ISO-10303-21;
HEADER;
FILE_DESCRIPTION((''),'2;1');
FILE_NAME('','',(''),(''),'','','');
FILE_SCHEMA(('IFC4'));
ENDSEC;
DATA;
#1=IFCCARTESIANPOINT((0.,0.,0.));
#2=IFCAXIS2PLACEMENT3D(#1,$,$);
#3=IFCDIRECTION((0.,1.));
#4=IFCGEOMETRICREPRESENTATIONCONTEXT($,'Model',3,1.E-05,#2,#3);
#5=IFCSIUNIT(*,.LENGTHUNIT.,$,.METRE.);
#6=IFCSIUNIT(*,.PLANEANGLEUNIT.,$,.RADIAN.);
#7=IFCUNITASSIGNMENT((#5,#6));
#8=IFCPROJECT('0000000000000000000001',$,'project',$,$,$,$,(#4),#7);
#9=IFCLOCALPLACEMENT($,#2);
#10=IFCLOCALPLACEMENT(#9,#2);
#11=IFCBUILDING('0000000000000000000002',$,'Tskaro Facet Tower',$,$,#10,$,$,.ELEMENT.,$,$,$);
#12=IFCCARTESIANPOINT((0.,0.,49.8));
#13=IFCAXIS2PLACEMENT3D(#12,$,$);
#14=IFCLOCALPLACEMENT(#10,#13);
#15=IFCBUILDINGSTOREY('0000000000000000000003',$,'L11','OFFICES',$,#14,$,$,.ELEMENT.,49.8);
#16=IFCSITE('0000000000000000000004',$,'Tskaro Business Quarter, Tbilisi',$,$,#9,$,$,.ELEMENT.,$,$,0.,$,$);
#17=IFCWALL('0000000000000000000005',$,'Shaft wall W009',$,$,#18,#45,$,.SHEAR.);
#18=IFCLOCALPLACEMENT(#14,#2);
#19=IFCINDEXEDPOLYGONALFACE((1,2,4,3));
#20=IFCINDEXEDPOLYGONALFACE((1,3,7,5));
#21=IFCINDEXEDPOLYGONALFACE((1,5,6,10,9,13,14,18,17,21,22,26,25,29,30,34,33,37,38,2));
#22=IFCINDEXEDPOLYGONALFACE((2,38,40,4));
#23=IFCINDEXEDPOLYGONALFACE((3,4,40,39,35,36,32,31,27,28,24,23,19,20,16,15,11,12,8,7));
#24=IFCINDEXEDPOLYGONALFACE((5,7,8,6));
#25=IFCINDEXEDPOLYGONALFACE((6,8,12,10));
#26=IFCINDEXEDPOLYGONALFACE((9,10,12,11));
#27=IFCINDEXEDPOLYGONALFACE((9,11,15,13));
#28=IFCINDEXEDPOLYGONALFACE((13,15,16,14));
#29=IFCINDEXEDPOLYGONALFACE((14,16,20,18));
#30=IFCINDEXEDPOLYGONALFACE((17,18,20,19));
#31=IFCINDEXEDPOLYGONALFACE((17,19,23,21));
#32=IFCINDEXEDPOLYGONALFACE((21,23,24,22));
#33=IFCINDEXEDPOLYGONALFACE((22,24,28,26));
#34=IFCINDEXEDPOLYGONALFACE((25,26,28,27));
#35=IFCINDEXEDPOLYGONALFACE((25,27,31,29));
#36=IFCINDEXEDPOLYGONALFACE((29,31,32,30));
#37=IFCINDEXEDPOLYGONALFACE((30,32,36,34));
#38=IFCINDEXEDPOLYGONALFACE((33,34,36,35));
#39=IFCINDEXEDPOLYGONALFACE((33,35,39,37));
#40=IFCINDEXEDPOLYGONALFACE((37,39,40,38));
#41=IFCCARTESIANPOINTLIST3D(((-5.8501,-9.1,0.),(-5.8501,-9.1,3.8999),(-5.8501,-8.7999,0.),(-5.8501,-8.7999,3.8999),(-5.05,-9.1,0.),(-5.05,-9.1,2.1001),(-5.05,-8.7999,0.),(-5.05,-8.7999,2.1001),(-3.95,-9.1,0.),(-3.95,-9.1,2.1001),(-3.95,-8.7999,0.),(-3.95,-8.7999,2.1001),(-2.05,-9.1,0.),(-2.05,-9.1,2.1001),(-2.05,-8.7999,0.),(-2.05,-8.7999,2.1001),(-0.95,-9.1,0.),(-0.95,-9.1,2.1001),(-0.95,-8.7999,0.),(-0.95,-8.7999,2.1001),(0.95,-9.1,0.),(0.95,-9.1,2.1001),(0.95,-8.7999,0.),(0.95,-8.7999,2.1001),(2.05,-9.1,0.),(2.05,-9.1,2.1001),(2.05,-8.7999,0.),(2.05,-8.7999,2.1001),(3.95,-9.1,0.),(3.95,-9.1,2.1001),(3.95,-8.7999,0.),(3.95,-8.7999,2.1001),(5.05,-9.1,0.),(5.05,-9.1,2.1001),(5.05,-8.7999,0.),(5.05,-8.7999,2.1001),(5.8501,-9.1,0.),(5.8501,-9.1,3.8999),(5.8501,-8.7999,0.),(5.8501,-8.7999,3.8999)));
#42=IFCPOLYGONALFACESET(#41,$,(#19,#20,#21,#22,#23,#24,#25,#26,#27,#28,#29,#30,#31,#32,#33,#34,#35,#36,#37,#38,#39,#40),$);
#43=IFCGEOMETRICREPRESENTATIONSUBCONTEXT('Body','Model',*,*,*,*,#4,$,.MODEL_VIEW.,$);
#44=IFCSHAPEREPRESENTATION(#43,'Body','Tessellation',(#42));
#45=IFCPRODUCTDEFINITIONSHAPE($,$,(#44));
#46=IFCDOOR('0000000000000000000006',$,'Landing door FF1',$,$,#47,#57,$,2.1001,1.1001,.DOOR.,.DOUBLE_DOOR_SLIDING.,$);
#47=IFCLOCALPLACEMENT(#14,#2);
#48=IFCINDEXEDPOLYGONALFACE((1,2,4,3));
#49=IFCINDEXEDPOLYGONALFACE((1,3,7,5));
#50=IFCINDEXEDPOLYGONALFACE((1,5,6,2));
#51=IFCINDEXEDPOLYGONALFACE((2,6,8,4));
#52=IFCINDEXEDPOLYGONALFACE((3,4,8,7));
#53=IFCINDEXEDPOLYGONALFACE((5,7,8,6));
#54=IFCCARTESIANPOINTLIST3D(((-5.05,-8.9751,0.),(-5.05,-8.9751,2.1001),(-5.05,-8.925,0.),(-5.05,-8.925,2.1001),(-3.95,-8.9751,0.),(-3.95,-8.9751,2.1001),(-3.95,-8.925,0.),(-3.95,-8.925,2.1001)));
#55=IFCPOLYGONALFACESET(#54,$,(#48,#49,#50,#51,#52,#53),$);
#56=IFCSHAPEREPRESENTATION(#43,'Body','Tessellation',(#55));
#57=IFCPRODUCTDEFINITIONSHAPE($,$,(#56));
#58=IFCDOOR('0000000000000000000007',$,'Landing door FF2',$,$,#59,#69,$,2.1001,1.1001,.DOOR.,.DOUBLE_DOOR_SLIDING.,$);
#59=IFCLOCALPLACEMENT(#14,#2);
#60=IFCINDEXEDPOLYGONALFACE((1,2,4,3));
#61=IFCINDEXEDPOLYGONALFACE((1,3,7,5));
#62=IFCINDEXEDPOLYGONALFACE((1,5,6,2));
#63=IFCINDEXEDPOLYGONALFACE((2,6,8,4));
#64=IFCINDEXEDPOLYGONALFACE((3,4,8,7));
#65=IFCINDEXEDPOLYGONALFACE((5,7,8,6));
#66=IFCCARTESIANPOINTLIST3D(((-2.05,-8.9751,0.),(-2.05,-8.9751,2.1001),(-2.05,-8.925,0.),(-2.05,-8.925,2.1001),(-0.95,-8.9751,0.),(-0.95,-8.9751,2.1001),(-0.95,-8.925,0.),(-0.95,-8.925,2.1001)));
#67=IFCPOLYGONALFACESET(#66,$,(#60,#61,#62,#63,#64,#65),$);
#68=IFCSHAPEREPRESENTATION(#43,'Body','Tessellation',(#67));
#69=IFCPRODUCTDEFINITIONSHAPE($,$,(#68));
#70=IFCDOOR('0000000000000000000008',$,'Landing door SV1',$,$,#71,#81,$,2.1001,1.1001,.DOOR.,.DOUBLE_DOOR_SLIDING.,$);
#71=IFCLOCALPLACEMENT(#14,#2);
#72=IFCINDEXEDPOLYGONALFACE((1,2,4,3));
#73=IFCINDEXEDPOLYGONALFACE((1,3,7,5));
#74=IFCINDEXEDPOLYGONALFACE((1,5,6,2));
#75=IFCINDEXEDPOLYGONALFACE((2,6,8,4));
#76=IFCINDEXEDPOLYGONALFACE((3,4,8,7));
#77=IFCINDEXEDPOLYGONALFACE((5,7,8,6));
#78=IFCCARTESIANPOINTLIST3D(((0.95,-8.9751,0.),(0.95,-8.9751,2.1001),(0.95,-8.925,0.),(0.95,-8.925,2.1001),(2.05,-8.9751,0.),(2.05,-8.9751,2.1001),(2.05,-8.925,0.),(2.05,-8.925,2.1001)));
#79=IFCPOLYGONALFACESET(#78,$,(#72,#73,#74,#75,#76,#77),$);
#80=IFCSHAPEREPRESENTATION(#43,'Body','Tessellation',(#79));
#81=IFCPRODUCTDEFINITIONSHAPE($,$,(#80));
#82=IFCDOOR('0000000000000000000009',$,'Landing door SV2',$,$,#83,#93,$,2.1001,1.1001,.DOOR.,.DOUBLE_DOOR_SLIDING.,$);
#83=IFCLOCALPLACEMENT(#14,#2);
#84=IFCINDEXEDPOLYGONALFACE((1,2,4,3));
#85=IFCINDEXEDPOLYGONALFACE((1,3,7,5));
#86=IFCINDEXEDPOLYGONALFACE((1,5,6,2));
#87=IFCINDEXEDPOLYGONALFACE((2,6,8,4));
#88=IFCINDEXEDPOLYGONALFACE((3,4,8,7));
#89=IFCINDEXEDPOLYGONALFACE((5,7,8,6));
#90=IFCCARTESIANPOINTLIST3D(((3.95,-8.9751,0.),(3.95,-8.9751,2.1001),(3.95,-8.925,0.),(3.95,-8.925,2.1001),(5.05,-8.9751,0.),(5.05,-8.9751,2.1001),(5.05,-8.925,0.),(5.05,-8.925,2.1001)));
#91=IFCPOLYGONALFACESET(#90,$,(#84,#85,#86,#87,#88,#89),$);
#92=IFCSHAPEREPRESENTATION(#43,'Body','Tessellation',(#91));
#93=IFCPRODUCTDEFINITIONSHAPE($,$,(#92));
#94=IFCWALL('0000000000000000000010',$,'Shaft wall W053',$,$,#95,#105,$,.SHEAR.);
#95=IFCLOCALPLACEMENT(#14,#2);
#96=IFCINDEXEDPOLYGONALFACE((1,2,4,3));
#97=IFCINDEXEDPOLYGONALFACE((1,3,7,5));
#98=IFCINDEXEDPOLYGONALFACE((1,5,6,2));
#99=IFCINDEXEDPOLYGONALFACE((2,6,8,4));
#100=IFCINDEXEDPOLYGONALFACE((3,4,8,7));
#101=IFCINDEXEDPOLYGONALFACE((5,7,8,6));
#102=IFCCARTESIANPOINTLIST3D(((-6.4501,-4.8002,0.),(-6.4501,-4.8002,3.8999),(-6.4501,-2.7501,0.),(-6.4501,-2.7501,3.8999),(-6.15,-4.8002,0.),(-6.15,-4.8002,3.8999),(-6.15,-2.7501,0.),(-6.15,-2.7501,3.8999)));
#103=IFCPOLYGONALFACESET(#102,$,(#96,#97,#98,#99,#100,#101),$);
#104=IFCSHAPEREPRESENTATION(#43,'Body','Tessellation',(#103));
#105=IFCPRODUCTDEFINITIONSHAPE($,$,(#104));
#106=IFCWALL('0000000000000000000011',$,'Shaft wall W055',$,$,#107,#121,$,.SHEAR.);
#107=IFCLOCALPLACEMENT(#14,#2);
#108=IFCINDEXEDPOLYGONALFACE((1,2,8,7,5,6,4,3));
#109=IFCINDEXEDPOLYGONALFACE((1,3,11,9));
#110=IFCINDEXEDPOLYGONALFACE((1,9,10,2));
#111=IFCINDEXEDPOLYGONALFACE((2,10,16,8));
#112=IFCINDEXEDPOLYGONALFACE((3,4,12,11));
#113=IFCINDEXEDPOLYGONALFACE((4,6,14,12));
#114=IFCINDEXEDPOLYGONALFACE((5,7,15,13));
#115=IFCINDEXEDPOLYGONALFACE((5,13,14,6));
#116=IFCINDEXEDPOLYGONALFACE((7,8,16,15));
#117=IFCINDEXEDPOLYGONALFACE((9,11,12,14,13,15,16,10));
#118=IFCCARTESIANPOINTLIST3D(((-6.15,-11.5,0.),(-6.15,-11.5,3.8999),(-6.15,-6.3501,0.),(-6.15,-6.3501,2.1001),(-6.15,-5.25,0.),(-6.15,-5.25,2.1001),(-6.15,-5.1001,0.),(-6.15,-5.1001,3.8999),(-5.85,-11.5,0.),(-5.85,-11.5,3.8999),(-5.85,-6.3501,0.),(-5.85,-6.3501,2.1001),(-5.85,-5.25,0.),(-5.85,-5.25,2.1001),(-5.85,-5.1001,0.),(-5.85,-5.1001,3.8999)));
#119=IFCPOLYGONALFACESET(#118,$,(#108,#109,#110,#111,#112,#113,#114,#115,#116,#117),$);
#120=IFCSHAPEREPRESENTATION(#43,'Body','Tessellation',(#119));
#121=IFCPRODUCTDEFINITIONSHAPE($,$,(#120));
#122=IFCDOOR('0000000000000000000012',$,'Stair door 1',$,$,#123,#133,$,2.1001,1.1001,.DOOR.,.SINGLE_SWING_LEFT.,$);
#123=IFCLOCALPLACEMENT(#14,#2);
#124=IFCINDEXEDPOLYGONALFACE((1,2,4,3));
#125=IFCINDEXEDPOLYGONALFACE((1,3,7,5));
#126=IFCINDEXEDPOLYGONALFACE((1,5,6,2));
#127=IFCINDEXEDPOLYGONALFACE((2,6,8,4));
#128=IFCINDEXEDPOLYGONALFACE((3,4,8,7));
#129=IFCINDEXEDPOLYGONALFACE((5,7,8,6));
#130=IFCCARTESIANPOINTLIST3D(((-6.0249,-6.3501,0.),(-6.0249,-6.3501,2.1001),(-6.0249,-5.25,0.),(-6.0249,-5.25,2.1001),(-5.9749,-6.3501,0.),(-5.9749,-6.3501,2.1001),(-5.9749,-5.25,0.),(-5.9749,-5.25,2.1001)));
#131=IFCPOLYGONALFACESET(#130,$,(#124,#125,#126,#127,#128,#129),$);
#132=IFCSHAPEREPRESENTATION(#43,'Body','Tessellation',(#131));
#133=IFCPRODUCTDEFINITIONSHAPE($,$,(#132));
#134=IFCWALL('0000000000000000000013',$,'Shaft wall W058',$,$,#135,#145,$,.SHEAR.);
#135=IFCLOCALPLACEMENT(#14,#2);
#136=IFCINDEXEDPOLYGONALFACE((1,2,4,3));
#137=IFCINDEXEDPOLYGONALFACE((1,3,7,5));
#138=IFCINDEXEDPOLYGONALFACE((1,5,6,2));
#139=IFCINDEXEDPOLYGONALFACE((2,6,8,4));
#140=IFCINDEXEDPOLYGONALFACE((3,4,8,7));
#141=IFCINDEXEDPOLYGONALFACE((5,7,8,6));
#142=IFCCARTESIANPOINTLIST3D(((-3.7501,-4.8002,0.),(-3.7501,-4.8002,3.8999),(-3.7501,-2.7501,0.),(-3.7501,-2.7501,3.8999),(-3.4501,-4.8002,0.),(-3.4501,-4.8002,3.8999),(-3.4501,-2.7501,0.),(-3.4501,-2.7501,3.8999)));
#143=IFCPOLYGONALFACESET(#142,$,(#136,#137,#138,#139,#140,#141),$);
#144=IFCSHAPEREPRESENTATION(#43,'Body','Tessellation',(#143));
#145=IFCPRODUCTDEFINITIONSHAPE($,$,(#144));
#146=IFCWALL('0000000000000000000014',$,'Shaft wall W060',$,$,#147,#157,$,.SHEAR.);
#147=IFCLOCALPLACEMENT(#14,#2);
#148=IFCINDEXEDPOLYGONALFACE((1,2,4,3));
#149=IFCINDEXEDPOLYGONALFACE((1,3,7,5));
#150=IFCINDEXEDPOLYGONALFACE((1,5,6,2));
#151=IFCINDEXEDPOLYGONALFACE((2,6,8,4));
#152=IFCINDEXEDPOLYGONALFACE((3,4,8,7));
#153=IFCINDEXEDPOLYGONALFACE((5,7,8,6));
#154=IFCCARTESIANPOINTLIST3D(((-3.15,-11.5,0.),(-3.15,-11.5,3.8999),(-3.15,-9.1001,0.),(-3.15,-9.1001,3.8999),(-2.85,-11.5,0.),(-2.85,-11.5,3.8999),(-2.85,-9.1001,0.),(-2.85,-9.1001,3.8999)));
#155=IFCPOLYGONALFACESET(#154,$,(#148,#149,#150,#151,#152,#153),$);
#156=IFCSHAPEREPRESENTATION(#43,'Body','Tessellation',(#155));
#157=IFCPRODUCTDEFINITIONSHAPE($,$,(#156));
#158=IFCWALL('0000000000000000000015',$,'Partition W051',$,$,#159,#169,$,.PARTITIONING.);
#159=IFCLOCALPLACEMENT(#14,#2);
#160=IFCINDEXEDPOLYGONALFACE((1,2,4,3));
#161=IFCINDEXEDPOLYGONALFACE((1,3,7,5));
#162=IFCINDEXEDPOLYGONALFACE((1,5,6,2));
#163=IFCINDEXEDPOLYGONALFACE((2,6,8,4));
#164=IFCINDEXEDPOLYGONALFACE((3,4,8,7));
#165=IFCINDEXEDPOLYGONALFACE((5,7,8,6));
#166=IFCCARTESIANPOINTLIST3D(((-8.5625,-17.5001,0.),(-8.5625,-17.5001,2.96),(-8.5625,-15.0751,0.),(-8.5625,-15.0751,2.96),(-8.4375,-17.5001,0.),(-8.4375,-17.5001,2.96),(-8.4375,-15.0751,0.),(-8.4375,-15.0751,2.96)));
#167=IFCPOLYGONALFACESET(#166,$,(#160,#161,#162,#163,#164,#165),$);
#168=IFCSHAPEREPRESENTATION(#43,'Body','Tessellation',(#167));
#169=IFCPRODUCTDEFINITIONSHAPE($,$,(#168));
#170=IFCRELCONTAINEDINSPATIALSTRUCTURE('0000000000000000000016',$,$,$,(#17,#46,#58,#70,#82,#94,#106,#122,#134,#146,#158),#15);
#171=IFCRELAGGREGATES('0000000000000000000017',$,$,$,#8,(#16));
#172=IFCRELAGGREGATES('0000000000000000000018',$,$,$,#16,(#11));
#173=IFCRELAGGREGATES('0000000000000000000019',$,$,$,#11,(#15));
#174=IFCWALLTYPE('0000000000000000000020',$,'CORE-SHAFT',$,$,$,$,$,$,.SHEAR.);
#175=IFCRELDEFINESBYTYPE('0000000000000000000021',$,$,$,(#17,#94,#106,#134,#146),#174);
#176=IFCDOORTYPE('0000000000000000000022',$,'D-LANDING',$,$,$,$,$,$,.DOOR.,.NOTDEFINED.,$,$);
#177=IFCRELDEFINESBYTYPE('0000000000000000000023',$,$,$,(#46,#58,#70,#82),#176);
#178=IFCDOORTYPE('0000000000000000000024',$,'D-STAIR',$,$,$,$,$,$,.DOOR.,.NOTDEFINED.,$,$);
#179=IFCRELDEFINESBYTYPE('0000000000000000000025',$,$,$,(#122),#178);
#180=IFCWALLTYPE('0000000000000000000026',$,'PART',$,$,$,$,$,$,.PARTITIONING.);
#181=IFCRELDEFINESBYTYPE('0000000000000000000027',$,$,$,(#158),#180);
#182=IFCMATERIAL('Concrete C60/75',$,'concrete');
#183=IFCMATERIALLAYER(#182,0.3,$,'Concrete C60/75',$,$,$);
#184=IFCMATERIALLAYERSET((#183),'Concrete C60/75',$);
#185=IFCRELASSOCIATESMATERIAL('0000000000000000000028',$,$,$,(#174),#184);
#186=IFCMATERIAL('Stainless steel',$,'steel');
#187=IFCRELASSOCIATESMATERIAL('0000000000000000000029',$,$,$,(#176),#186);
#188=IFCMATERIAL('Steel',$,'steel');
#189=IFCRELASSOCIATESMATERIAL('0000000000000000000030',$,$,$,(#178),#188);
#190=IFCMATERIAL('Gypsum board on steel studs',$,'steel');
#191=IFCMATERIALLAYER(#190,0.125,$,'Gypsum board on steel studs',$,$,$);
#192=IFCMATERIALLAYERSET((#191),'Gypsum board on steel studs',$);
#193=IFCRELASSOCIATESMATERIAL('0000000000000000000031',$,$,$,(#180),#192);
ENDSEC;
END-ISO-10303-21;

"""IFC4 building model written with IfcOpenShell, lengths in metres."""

from ifc_helpers import new_model, si_unit, direction, frame, frame_2d, origin, place, context, subcontext, project, spatial, rectangle, extrude, material, layer, layer_set, type_object, element, fill, save


model = new_model("IFC4")

# Units and contexts
model_context = context("Model", 3, precision=1e-05, world=origin(), true_north=direction((0.0, 1.0)))
body_context = subcontext(model_context, "Body", "Model", "MODEL_VIEW")
ifc_project = project(units=[si_unit("LENGTHUNIT", "METRE"), si_unit("PLANEANGLEUNIT", "RADIAN")], contexts=[model_context])

# Site, building, storey
site_placement = place(None, origin())
site = spatial("IfcSite", under=ifc_project, at=site_placement, Name="Tskaro Business Quarter, Tbilisi", CompositionType="ELEMENT", RefElevation=0.0)
building_placement = place(site_placement, origin())
building = spatial("IfcBuilding", under=site, at=building_placement, Name="Tskaro Facet Tower", CompositionType="ELEMENT")
storey_placement = place(building_placement, frame((0.0, 0.0, 49.8)))
storey = spatial("IfcBuildingStorey", under=building, at=storey_placement, Name="L11", Description="OFFICES", CompositionType="ELEMENT", Elevation=49.8)

# Wall, openings, doors
ifc_material_1 = material(Name="Concrete C60/75", Category="concrete")
ifc_layer_1 = layer(ifc_material_1, 0.3, Name="Concrete C60/75")
ifc_layer_set_1 = layer_set([ifc_layer_1], Name="Concrete C60/75")
wall_type_1 = type_object("IfcWallType", Name="CORE-SHAFT", PredefinedType="SHEAR", material=ifc_layer_set_1)
wall_1_placement = place(storey_placement, frame((-5.8501, -8.95, 0.0), z_axis=(0.0, 0.0, 1.0), x_axis=(1.0, 0.0, 0.0)))
wall_1 = element("IfcWall", 1, at=wall_1_placement, inside=storey, type_object=wall_type_1, Name="Shaft wall W009", PredefinedType="SHEAR", context=body_context, shape_type="SweptSolid", body=[
    extrude(rectangle(XDim=11.7002, YDim=0.3, at=frame_2d((5.8501, 0.0))), origin(), (0.0, 0.0, 1.0), 3.8999),
])
opening_1_placement = place(wall_1_placement, frame((0.8, 0.0, 0.0)))
opening_1 = element("IfcOpeningElement", 2, at=opening_1_placement, cuts=wall_1, PredefinedType="OPENING", context=body_context, shape_type="SweptSolid", body=[
    extrude(rectangle(XDim=1.1001, YDim=2.1001, at=frame_2d((0.55, 1.05))), frame((0.0, 0.1599, 0.0), z_axis=(0.0, -1.0, 0.0), x_axis=(1.0, 0.0, 0.0)), (0.0, 0.0, 1.0), 0.3201),
])
opening_2_placement = place(wall_1_placement, frame((3.8, 0.0, 0.0)))
opening_2 = element("IfcOpeningElement", 3, at=opening_2_placement, cuts=wall_1, PredefinedType="OPENING", context=body_context, shape_type="SweptSolid", body=[
    extrude(rectangle(XDim=1.1001, YDim=2.1001, at=frame_2d((0.55, 1.05))), frame((0.0, 0.1599, 0.0), z_axis=(0.0, -1.0, 0.0), x_axis=(1.0, 0.0, 0.0)), (0.0, 0.0, 1.0), 0.3201),
])
opening_3_placement = place(wall_1_placement, frame((6.8, 0.0, 0.0)))
opening_3 = element("IfcOpeningElement", 4, at=opening_3_placement, cuts=wall_1, PredefinedType="OPENING", context=body_context, shape_type="SweptSolid", body=[
    extrude(rectangle(XDim=1.1001, YDim=2.1001, at=frame_2d((0.55, 1.05))), frame((0.0, 0.1599, 0.0), z_axis=(0.0, -1.0, 0.0), x_axis=(1.0, 0.0, 0.0)), (0.0, 0.0, 1.0), 0.3201),
])
opening_4_placement = place(wall_1_placement, frame((9.8, 0.0, 0.0)))
opening_4 = element("IfcOpeningElement", 5, at=opening_4_placement, cuts=wall_1, PredefinedType="OPENING", context=body_context, shape_type="SweptSolid", body=[
    extrude(rectangle(XDim=1.1001, YDim=2.1001, at=frame_2d((0.55, 1.05))), frame((0.0, 0.1599, 0.0), z_axis=(0.0, -1.0, 0.0), x_axis=(1.0, 0.0, 0.0)), (0.0, 0.0, 1.0), 0.3201),
])
ifc_material_2 = material(Name="Stainless steel", Category="steel")
door_type_1 = type_object("IfcDoorType", Name="D-LANDING", OperationType="NOTDEFINED", PredefinedType="DOOR", material=ifc_material_2)
door_1_placement = place(opening_1_placement, origin())
door_1 = element("IfcDoor", 6, at=door_1_placement, inside=storey, type_object=door_type_1, Name="Landing door FF1", OperationType="DOUBLE_DOOR_SLIDING", OverallHeight=2.1001, OverallWidth=1.1001, PredefinedType="DOOR", context=body_context, shape_type="SweptSolid", body=[
    extrude(rectangle(XDim=1.1001, YDim=2.1001, at=frame_2d((0.55, 1.05))), frame((0.0, 0.0249, 0.0), z_axis=(0.0, -1.0, 0.0), x_axis=(1.0, 0.0, 0.0)), (0.0, 0.0, 1.0), 0.05),
])
fill(opening_1, door_1)
door_2_placement = place(opening_2_placement, origin())
door_2 = element("IfcDoor", 7, at=door_2_placement, inside=storey, type_object=door_type_1, Name="Landing door FF2", OperationType="DOUBLE_DOOR_SLIDING", OverallHeight=2.1001, OverallWidth=1.1001, PredefinedType="DOOR", context=body_context, shape_type="SweptSolid", body=[
    extrude(rectangle(XDim=1.1001, YDim=2.1001, at=frame_2d((0.55, 1.05))), frame((0.0, 0.0249, 0.0), z_axis=(0.0, -1.0, 0.0), x_axis=(1.0, 0.0, 0.0)), (0.0, 0.0, 1.0), 0.05),
])
fill(opening_2, door_2)
door_3_placement = place(opening_3_placement, origin())
door_3 = element("IfcDoor", 8, at=door_3_placement, inside=storey, type_object=door_type_1, Name="Landing door SV1", OperationType="DOUBLE_DOOR_SLIDING", OverallHeight=2.1001, OverallWidth=1.1001, PredefinedType="DOOR", context=body_context, shape_type="SweptSolid", body=[
    extrude(rectangle(XDim=1.1001, YDim=2.1001, at=frame_2d((0.55, 1.05))), frame((0.0, 0.0249, 0.0), z_axis=(0.0, -1.0, 0.0), x_axis=(1.0, 0.0, 0.0)), (0.0, 0.0, 1.0), 0.05),
])
fill(opening_3, door_3)
door_4_placement = place(opening_4_placement, origin())
door_4 = element("IfcDoor", 9, at=door_4_placement, inside=storey, type_object=door_type_1, Name="Landing door SV2", OperationType="DOUBLE_DOOR_SLIDING", OverallHeight=2.1001, OverallWidth=1.1001, PredefinedType="DOOR", context=body_context, shape_type="SweptSolid", body=[
    extrude(rectangle(XDim=1.1001, YDim=2.1001, at=frame_2d((0.55, 1.05))), frame((0.0, 0.0249, 0.0), z_axis=(0.0, -1.0, 0.0), x_axis=(1.0, 0.0, 0.0)), (0.0, 0.0, 1.0), 0.05),
])
fill(opening_4, door_4)

# Wall
wall_2_placement = place(storey_placement, frame((-6.3, -4.8, 0.0), z_axis=(0.0, 0.0, 1.0), x_axis=(0.0, 1.0, 0.0)))
element("IfcWall", 10, at=wall_2_placement, inside=storey, type_object=wall_type_1, Name="Shaft wall W053", PredefinedType="SHEAR", context=body_context, shape_type="SweptSolid", body=[
    extrude(rectangle(XDim=2.05, YDim=0.3, at=frame_2d((1.0249, 0.0))), origin(), (0.0, 0.0, 1.0), 3.8999),
])

# Wall, opening, door
wall_3_placement = place(storey_placement, frame((-6.0, -11.5, 0.0), z_axis=(0.0, 0.0, 1.0), x_axis=(0.0, 1.0, 0.0)))
wall_3 = element("IfcWall", 11, at=wall_3_placement, inside=storey, type_object=wall_type_1, Name="Shaft wall W055", PredefinedType="SHEAR", context=body_context, shape_type="SweptSolid", body=[
    extrude(rectangle(XDim=6.3999, YDim=0.3, at=frame_2d((3.2, 0.0))), origin(), (0.0, 0.0, 1.0), 3.8999),
])
opening_5_placement = place(wall_3_placement, frame((5.1499, 0.0, 0.0)))
opening_5 = element("IfcOpeningElement", 12, at=opening_5_placement, cuts=wall_3, PredefinedType="OPENING", context=body_context, shape_type="SweptSolid", body=[
    extrude(rectangle(XDim=1.1001, YDim=2.1001, at=frame_2d((0.55, 1.05))), frame((0.0, 0.1599, 0.0), z_axis=(0.0, -1.0, 0.0), x_axis=(1.0, 0.0, 0.0)), (0.0, 0.0, 1.0), 0.3201),
])
ifc_material_3 = material(Name="Steel", Category="steel")
door_type_2 = type_object("IfcDoorType", Name="D-STAIR", OperationType="NOTDEFINED", PredefinedType="DOOR", material=ifc_material_3)
door_5_placement = place(opening_5_placement, origin())
door_5 = element("IfcDoor", 13, at=door_5_placement, inside=storey, type_object=door_type_2, Name="Stair door 1", OperationType="SINGLE_SWING_LEFT", OverallHeight=2.1001, OverallWidth=1.1001, PredefinedType="DOOR", context=body_context, shape_type="SweptSolid", body=[
    extrude(rectangle(XDim=1.1001, YDim=2.1001, at=frame_2d((0.55, 1.05))), frame((0.0, 0.0249, 0.0), z_axis=(0.0, -1.0, 0.0), x_axis=(1.0, 0.0, 0.0)), (0.0, 0.0, 1.0), 0.05),
])
fill(opening_5, door_5)

# Walls
wall_4_placement = place(storey_placement, frame((-3.6001, -4.8, 0.0), z_axis=(0.0, 0.0, 1.0), x_axis=(0.0, 1.0, 0.0)))
element("IfcWall", 14, at=wall_4_placement, inside=storey, type_object=wall_type_1, Name="Shaft wall W058", PredefinedType="SHEAR", context=body_context, shape_type="SweptSolid", body=[
    extrude(rectangle(XDim=2.05, YDim=0.3, at=frame_2d((1.0249, 0.0))), origin(), (0.0, 0.0, 1.0), 3.8999),
])
wall_5_placement = place(storey_placement, frame((-3.0, -11.5, 0.0), z_axis=(0.0, 0.0, 1.0), x_axis=(0.0, 1.0, 0.0)))
element("IfcWall", 15, at=wall_5_placement, inside=storey, type_object=wall_type_1, Name="Shaft wall W060", PredefinedType="SHEAR", context=body_context, shape_type="SweptSolid", body=[
    extrude(rectangle(XDim=2.3999, YDim=0.3, at=frame_2d((1.2, 0.0))), origin(), (0.0, 0.0, 1.0), 3.8999),
])
ifc_material_4 = material(Name="Gypsum board on steel studs", Category="steel")
ifc_layer_2 = layer(ifc_material_4, 0.125, Name="Gypsum board on steel studs")
ifc_layer_set_2 = layer_set([ifc_layer_2], Name="Gypsum board on steel studs")
wall_type_2 = type_object("IfcWallType", Name="PART", PredefinedType="PARTITIONING", material=ifc_layer_set_2)
wall_6_placement = place(storey_placement, frame((-8.5, -17.5, 0.0), z_axis=(0.0, 0.0, 1.0), x_axis=(0.0, 1.0, 0.0)))
element("IfcWall", 16, at=wall_6_placement, inside=storey, type_object=wall_type_2, Name="Partition W051", PredefinedType="PARTITIONING", context=body_context, shape_type="SweptSolid", body=[
    extrude(rectangle(XDim=2.425, YDim=0.125, at=frame_2d((1.2124, 0.0))), origin(), (0.0, 0.0, 1.0), 2.96),
])

save(model, "model.ifc")
